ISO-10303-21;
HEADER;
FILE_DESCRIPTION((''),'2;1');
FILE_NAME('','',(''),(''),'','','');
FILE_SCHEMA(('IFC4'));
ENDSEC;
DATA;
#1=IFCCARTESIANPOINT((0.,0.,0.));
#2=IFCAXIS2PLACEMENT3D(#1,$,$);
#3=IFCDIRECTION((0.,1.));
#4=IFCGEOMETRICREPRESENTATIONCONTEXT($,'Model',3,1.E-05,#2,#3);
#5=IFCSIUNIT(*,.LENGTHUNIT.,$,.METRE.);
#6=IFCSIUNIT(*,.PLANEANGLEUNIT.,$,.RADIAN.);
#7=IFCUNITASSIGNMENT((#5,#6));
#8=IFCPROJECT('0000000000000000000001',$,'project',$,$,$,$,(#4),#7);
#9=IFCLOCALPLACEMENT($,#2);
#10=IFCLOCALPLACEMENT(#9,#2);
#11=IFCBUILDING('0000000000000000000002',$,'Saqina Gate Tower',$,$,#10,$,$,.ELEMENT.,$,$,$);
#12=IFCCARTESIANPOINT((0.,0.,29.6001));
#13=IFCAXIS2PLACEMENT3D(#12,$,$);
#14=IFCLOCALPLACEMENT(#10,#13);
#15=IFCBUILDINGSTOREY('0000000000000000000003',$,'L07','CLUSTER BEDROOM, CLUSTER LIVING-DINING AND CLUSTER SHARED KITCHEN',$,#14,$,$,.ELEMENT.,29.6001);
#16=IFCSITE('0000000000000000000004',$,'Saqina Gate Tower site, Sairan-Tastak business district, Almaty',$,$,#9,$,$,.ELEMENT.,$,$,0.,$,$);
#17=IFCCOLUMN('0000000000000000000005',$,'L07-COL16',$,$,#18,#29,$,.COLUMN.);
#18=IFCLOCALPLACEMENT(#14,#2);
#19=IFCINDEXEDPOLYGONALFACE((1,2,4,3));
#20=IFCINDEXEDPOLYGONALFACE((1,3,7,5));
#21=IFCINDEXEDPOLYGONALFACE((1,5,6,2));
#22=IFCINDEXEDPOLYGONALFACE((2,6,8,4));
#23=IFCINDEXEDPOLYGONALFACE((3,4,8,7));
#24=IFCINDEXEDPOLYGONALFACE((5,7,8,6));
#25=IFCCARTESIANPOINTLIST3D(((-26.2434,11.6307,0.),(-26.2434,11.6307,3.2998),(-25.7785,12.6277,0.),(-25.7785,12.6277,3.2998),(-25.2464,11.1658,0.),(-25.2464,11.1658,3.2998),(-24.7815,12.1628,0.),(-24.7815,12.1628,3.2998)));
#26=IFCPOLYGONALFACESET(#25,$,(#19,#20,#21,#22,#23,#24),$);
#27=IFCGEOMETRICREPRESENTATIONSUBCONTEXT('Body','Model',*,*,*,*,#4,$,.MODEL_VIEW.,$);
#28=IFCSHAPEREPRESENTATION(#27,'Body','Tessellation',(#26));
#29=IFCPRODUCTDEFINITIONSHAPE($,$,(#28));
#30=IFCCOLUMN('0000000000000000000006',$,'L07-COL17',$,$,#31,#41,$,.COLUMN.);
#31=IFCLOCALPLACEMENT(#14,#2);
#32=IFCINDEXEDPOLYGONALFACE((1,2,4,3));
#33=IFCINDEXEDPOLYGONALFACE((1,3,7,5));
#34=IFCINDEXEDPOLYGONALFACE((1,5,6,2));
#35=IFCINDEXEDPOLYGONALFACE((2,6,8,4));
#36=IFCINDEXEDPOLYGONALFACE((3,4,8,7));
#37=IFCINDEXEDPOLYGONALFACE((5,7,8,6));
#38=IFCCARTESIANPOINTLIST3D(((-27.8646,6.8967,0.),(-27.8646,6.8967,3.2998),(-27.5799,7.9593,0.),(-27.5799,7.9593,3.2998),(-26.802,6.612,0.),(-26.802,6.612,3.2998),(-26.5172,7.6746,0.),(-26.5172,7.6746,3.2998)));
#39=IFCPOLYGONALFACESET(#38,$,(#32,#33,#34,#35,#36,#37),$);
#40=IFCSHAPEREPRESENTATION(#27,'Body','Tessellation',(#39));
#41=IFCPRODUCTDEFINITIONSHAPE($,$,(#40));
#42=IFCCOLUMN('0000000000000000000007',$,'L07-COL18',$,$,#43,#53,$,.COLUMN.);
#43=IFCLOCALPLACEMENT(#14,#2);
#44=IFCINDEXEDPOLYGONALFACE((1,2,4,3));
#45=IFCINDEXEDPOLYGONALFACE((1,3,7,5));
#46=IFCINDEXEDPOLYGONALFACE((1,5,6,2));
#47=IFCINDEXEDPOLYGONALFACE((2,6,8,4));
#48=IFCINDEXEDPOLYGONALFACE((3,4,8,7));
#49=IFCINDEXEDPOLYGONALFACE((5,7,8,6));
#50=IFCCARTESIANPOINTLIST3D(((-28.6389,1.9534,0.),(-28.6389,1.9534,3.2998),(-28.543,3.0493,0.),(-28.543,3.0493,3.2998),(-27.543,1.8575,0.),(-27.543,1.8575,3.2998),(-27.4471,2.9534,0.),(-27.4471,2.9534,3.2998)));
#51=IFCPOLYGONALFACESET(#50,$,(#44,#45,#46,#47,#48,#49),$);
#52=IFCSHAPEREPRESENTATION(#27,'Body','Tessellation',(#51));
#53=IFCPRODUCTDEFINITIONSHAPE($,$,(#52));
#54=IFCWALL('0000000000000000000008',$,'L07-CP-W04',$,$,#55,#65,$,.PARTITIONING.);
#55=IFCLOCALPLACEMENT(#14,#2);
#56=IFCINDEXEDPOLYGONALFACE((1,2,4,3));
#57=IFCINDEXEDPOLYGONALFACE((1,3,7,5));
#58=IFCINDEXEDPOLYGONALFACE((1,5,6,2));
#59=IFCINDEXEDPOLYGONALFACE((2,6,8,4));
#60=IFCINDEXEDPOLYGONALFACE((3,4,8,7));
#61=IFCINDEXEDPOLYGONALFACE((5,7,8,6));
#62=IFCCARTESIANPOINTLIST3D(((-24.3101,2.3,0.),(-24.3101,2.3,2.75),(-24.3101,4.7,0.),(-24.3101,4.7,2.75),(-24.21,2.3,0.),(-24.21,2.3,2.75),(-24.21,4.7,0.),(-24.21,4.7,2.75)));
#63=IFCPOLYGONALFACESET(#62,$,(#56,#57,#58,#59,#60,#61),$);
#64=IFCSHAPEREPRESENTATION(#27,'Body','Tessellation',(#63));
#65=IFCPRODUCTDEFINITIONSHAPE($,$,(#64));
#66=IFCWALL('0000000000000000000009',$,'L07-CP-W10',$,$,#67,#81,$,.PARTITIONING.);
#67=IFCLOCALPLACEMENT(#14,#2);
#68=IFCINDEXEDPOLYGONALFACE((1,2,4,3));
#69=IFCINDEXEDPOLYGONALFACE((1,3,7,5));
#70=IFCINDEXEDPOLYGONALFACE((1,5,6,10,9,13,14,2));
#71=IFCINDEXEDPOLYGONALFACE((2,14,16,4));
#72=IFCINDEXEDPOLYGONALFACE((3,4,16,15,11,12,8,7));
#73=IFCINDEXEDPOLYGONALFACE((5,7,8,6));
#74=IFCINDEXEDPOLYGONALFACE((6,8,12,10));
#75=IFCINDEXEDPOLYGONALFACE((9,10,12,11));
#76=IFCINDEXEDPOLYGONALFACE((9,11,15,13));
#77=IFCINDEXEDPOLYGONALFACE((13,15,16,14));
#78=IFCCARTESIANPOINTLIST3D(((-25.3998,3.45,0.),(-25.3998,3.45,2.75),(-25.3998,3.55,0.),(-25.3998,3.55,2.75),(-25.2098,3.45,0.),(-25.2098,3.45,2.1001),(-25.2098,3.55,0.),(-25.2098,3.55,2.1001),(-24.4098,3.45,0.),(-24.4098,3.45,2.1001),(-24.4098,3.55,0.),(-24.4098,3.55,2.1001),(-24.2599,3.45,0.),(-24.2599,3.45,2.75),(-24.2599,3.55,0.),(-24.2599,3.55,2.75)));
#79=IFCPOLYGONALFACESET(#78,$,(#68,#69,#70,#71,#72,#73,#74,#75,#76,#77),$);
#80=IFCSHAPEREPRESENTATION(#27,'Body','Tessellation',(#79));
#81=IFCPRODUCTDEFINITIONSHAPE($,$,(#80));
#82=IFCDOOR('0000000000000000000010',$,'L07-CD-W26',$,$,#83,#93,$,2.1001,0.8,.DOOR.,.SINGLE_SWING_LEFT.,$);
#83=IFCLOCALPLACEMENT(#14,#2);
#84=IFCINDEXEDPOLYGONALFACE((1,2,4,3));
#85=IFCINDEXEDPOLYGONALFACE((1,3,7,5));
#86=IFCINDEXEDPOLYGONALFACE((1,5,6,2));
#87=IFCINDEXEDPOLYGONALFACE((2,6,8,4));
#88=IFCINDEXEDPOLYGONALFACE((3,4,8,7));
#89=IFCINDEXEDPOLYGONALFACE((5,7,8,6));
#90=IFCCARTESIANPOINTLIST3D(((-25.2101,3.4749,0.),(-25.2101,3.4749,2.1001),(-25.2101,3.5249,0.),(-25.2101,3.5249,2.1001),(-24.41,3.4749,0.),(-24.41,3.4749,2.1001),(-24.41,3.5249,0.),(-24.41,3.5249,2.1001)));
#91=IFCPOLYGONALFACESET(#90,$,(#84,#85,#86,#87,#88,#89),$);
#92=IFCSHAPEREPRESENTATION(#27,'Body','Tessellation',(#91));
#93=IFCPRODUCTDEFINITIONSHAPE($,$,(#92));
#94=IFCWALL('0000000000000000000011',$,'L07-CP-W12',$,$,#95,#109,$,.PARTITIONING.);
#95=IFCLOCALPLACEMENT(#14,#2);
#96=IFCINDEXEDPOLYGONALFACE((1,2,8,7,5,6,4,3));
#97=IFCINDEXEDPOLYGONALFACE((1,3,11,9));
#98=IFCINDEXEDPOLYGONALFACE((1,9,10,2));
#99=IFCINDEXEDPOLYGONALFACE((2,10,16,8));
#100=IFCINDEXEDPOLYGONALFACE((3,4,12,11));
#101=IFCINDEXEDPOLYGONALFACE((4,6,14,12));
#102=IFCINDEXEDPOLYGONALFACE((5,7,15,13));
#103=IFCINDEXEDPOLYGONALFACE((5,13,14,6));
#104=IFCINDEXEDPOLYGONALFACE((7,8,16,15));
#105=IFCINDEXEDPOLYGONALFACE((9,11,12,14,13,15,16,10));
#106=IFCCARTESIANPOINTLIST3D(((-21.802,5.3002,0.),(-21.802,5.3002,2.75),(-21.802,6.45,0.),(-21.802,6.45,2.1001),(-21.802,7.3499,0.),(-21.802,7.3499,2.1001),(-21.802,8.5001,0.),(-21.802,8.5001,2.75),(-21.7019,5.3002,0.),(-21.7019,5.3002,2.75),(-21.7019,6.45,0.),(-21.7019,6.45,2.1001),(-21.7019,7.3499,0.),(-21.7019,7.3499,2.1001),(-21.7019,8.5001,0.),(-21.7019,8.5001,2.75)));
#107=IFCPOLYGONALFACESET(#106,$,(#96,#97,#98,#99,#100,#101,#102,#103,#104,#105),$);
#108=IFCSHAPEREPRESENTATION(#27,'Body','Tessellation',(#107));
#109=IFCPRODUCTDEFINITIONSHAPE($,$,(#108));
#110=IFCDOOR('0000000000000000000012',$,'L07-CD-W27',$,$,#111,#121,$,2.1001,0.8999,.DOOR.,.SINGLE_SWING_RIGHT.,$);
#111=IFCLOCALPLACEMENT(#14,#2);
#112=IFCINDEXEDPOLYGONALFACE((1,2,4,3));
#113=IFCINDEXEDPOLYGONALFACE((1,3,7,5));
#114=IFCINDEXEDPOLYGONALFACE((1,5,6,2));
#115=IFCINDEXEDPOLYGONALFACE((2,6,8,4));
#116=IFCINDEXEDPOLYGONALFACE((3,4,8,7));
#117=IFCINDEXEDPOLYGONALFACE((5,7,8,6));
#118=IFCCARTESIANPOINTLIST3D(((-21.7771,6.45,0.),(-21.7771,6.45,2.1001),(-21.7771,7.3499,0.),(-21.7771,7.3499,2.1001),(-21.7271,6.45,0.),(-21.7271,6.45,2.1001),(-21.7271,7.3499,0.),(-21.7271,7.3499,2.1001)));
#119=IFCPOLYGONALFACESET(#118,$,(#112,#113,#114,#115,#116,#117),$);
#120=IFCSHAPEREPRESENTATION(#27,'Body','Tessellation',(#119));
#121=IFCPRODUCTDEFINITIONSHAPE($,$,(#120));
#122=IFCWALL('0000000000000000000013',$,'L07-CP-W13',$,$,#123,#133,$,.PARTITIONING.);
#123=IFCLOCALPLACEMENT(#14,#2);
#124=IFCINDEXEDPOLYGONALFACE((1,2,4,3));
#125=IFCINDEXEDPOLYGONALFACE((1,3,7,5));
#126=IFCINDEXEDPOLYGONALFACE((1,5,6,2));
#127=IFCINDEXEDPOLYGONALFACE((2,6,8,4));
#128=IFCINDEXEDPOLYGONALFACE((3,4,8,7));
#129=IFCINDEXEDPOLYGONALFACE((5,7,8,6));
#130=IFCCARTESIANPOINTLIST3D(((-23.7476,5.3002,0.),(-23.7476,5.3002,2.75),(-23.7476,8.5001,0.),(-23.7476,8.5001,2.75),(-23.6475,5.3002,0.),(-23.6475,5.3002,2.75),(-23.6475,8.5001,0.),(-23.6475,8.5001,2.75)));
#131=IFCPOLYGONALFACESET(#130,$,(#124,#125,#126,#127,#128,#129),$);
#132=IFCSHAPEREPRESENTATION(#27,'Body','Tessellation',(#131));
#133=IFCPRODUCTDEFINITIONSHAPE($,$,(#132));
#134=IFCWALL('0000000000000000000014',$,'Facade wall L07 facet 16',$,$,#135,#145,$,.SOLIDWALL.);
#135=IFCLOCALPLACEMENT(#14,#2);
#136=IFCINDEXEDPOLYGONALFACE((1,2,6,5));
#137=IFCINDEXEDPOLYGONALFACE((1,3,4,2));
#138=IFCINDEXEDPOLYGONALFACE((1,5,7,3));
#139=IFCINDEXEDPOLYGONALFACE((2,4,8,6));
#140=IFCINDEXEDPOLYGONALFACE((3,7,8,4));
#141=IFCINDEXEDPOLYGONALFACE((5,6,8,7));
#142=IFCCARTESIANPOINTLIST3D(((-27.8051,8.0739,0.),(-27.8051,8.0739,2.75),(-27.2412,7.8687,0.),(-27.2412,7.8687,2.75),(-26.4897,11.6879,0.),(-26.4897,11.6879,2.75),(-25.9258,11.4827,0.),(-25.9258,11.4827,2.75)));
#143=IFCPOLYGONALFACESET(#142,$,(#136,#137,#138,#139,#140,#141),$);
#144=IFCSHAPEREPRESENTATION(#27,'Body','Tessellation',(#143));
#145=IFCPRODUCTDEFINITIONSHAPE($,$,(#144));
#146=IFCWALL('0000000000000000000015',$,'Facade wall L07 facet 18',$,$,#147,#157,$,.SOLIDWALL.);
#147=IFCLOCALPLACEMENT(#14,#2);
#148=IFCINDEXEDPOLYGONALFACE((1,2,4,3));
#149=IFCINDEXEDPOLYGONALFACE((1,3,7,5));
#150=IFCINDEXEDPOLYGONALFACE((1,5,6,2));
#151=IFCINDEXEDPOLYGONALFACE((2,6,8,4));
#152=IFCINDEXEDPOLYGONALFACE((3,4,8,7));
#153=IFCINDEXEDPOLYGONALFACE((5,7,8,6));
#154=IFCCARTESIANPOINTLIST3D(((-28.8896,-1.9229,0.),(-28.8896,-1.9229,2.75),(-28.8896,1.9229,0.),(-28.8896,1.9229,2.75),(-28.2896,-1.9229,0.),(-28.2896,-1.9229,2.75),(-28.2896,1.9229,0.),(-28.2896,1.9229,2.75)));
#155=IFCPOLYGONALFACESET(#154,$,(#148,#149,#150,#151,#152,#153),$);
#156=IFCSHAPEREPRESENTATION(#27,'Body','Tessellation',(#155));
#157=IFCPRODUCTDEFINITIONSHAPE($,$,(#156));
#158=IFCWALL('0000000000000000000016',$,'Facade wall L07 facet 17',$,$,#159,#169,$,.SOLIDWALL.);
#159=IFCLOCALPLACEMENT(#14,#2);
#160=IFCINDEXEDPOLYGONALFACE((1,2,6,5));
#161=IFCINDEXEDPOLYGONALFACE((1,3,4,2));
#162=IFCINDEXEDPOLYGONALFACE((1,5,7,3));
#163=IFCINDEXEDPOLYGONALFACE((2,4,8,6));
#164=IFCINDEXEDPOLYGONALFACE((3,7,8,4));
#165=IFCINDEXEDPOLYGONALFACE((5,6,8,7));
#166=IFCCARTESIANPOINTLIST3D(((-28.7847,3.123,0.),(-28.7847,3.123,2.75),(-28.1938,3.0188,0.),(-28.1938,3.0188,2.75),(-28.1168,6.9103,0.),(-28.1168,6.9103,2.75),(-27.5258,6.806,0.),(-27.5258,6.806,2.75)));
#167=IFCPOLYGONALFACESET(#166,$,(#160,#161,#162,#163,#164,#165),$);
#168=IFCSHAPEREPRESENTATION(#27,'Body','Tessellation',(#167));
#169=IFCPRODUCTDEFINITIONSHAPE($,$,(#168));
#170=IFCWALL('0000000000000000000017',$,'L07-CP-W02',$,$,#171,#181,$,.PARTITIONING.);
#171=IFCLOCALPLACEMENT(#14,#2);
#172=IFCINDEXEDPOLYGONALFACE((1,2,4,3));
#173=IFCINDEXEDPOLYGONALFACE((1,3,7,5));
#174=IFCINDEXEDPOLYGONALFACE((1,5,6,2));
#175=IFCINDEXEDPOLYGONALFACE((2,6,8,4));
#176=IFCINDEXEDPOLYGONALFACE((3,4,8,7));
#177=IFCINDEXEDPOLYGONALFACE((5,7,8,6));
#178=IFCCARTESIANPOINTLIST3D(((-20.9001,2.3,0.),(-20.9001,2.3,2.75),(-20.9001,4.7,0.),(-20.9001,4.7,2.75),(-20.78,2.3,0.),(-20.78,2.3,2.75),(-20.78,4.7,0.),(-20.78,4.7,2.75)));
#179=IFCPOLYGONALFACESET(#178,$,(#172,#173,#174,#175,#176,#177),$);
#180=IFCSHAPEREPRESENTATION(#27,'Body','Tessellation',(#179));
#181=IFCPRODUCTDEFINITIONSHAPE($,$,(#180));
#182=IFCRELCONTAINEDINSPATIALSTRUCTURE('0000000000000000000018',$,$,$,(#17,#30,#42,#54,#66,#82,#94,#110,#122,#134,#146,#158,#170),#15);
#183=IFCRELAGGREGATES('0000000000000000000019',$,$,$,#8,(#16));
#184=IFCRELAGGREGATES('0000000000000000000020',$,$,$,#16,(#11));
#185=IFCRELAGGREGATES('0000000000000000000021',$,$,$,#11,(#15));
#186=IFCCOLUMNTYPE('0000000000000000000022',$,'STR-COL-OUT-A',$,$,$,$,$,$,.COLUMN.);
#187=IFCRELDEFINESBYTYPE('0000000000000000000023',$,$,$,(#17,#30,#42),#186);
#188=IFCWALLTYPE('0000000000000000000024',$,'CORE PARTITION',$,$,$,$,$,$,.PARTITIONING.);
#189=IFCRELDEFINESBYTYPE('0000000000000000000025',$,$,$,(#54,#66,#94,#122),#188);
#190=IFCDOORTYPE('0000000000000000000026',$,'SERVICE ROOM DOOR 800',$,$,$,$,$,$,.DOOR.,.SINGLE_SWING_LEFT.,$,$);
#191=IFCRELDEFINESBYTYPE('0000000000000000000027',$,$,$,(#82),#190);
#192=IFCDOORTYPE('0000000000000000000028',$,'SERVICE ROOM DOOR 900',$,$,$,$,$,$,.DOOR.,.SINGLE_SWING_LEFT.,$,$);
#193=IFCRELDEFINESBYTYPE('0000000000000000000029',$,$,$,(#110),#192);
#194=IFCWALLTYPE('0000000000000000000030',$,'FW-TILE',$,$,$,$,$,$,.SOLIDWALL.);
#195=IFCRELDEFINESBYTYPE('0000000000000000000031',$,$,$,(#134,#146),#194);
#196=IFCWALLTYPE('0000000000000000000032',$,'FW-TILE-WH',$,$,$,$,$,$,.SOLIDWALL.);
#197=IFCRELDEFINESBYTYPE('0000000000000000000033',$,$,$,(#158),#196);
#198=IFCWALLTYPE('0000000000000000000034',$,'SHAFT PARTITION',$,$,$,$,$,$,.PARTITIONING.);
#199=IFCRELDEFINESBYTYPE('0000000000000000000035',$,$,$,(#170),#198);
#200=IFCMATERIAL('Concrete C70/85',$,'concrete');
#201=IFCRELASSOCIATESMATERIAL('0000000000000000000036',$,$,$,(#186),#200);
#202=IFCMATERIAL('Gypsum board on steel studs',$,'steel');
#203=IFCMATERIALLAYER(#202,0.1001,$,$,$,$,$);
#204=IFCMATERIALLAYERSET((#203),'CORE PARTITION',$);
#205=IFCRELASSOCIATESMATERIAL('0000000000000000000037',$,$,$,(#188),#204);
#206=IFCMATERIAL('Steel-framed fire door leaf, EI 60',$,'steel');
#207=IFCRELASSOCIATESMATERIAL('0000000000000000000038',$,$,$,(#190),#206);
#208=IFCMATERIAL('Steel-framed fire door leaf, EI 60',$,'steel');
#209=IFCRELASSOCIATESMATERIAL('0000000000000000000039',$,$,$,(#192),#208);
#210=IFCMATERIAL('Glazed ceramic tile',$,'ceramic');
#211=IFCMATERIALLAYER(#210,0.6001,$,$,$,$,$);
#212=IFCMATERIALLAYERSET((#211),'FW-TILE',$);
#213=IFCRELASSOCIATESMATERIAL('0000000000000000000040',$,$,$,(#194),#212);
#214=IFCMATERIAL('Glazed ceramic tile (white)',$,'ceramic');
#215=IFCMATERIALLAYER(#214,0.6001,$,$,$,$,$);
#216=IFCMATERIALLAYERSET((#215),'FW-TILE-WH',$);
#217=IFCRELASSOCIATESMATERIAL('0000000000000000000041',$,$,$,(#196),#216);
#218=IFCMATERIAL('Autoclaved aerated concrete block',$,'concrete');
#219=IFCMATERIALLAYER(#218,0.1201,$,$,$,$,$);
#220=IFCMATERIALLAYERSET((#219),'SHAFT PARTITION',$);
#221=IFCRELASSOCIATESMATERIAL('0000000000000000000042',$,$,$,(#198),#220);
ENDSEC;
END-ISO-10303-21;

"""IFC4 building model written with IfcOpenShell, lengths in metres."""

from ifc_helpers import new_model, si_unit, direction, frame, frame_2d, origin, origin_2d, place, context, subcontext, project, spatial, rectangle, extrude, material, layer, layer_set, material_profile, profile_set, type_object, element, fill, save


model = new_model("IFC4")

# Units and contexts
model_context = context("Model", 3, precision=1e-05, world=origin(), true_north=direction((0.0, 1.0)))
body_context = subcontext(model_context, "Body", "Model", "MODEL_VIEW")
ifc_project = project(units=[si_unit("LENGTHUNIT", "METRE"), si_unit("PLANEANGLEUNIT", "RADIAN")], contexts=[model_context])

# Site, building, storey
site_placement = place(None, origin())
site = spatial("IfcSite", under=ifc_project, at=site_placement, Name="Saqina Gate Tower site, Sairan-Tastak business district, Almaty", CompositionType="ELEMENT", RefElevation=0.0)
building_placement = place(site_placement, origin())
building = spatial("IfcBuilding", under=site, at=building_placement, Name="Saqina Gate Tower", CompositionType="ELEMENT")
storey_placement = place(building_placement, frame((0.0, 0.0, 29.6001)))
storey = spatial("IfcBuildingStorey", under=building, at=storey_placement, Name="L07", Description="CLUSTER BEDROOM, CLUSTER LIVING-DINING AND CLUSTER SHARED KITCHEN", CompositionType="ELEMENT", Elevation=29.6001)

# Columns
ifc_material_1 = material(Name="Concrete C70/85", Category="concrete")
ifc_material_profile = material_profile(ifc_material_1, rectangle(XDim=1.1001, YDim=1.1001, at=origin_2d()), Name="RC 1100x1100")
ifc_profile_set = profile_set([ifc_material_profile], Name="Concrete C70/85")
column_type = type_object("IfcColumnType", Name="STR-COL-OUT-A", PredefinedType="COLUMN", material=ifc_profile_set)
for number, where, z_axis, x_axis, name in (
    (1, (-25.5125, 11.8967, 0.0), (0.0, 0.0, 1.0), (-0.906308, 0.422618, 0.0), "L07-COL16"),
    (2, (-27.1909, 7.2856, 0.0), (0.0, 0.0, 1.0), (-0.965926, 0.258819, 0.0), "L07-COL17"),
    (3, (-28.043, 2.4534, 0.0), (0.0, 0.0, 1.0), (-0.996195, 0.087156, 0.0), "L07-COL18"),
):
    element("IfcColumn", number, at=place(storey_placement, frame(where, z_axis=z_axis, x_axis=x_axis)), inside=storey, type_object=column_type, Name=name, PredefinedType="COLUMN", context=body_context, shape_type="SweptSolid", body=[
        extrude(rectangle(XDim=1.1001, YDim=1.1001, at=origin_2d()), origin(), (0.0, 0.0, 1.0), 3.2998),
    ])

# Wall
ifc_material_2 = material(Name="Gypsum board on steel studs", Category="steel")
ifc_layer_1 = layer(ifc_material_2, 0.1001)
ifc_layer_set_1 = layer_set([ifc_layer_1], Name="CORE PARTITION")
wall_type_1 = type_object("IfcWallType", Name="CORE PARTITION", PredefinedType="PARTITIONING", material=ifc_layer_set_1)
wall_1_placement = place(storey_placement, frame((-24.26, 2.3, 0.0), z_axis=(0.0, 0.0, 1.0), x_axis=(0.0, 1.0, 0.0)))
element("IfcWall", 4, at=wall_1_placement, inside=storey, type_object=wall_type_1, Name="L07-CP-W04", PredefinedType="PARTITIONING", context=body_context, shape_type="SweptSolid", body=[
    extrude(rectangle(XDim=2.3999, YDim=0.1001, at=frame_2d((1.2, 0.0))), origin(), (0.0, 0.0, 1.0), 2.75),
])

# Walls, openings, doors
wall_2_placement = place(storey_placement, frame((-24.26, 3.5, 0.0), z_axis=(0.0, 0.0, 1.0), x_axis=(-1.0, 0.0, 0.0)))
wall_2 = element("IfcWall", 5, at=wall_2_placement, inside=storey, type_object=wall_type_1, Name="L07-CP-W10", PredefinedType="PARTITIONING", context=body_context, shape_type="SweptSolid", body=[
    extrude(rectangle(XDim=1.1399, YDim=0.1001, at=frame_2d((0.5698, 0.0))), origin(), (0.0, 0.0, 1.0), 2.75),
])
opening_1_placement = place(wall_2_placement, frame((0.1499, 0.0, 0.0)))
opening_1 = element("IfcOpeningElement", 6, at=opening_1_placement, cuts=wall_2, PredefinedType="OPENING", context=body_context, shape_type="SweptSolid", body=[
    extrude(rectangle(XDim=0.8, YDim=2.1001, at=frame_2d((0.3999, 1.05))), frame((0.0, 0.062, 0.0), z_axis=(0.0, -1.0, 0.0), x_axis=(1.0, 0.0, 0.0)), (0.0, 0.0, 1.0), 0.124),
])
ifc_material_3 = material(Name="Steel-framed fire door leaf, EI 60", Category="steel")
door_type_1 = type_object("IfcDoorType", Name="SERVICE ROOM DOOR 800", OperationType="SINGLE_SWING_LEFT", PredefinedType="DOOR", material=ifc_material_3)
door_1_placement = place(opening_1_placement, frame((0.8, 0.0, 0.0), z_axis=(0.0, 0.0, 1.0), x_axis=(-1.0, 0.0, 0.0)))
door_1 = element("IfcDoor", 7, at=door_1_placement, inside=storey, type_object=door_type_1, Name="L07-CD-W26", OperationType="SINGLE_SWING_LEFT", OverallHeight=2.1001, OverallWidth=0.8, PredefinedType="DOOR", context=body_context, shape_type="SweptSolid", body=[
    extrude(rectangle(XDim=0.8, YDim=2.1001, at=frame_2d((0.3999, 1.05))), frame((0.0, 0.0249, 0.0), z_axis=(0.0, -1.0, 0.0), x_axis=(1.0, 0.0, 0.0)), (0.0, 0.0, 1.0), 0.05),
])
fill(opening_1, door_1)
wall_3_placement = place(storey_placement, frame((-21.752, 5.3, 0.0), z_axis=(0.0, 0.0, 1.0), x_axis=(0.0, 1.0, 0.0)))
wall_3 = element("IfcWall", 8, at=wall_3_placement, inside=storey, type_object=wall_type_1, Name="L07-CP-W12", PredefinedType="PARTITIONING", context=body_context, shape_type="SweptSolid", body=[
    extrude(rectangle(XDim=3.2, YDim=0.1001, at=frame_2d((1.6001, 0.0))), origin(), (0.0, 0.0, 1.0), 2.75),
])
opening_2_placement = place(wall_3_placement, frame((1.1499, 0.0, 0.0)))
opening_2 = element("IfcOpeningElement", 9, at=opening_2_placement, cuts=wall_3, PredefinedType="OPENING", context=body_context, shape_type="SweptSolid", body=[
    extrude(rectangle(XDim=0.8999, YDim=2.1001, at=frame_2d((0.45, 1.05))), frame((0.0, 0.062, 0.0), z_axis=(0.0, -1.0, 0.0), x_axis=(1.0, 0.0, 0.0)), (0.0, 0.0, 1.0), 0.124),
])
ifc_material_4 = material(Name="Steel-framed fire door leaf, EI 60", Category="steel")
door_type_2 = type_object("IfcDoorType", Name="SERVICE ROOM DOOR 900", OperationType="SINGLE_SWING_LEFT", PredefinedType="DOOR", material=ifc_material_4)
door_2_placement = place(opening_2_placement, frame((0.8999, 0.0, 0.0), z_axis=(0.0, 0.0, 1.0), x_axis=(-1.0, 0.0, 0.0)))
door_2 = element("IfcDoor", 10, at=door_2_placement, inside=storey, type_object=door_type_2, Name="L07-CD-W27", OperationType="SINGLE_SWING_RIGHT", OverallHeight=2.1001, OverallWidth=0.8999, PredefinedType="DOOR", context=body_context, shape_type="SweptSolid", body=[
    extrude(rectangle(XDim=0.8999, YDim=2.1001, at=frame_2d((0.45, 1.05))), frame((0.0, 0.0249, 0.0), z_axis=(0.0, -1.0, 0.0), x_axis=(1.0, 0.0, 0.0)), (0.0, 0.0, 1.0), 0.05),
])
fill(opening_2, door_2)

# Walls
wall_4_placement = place(storey_placement, frame((-23.6975, 5.3, 0.0), z_axis=(0.0, 0.0, 1.0), x_axis=(0.0, 1.0, 0.0)))
element("IfcWall", 11, at=wall_4_placement, inside=storey, type_object=wall_type_1, Name="L07-CP-W13", PredefinedType="PARTITIONING", context=body_context, shape_type="SweptSolid", body=[
    extrude(rectangle(XDim=3.2, YDim=0.1001, at=frame_2d((1.6001, 0.0))), origin(), (0.0, 0.0, 1.0), 2.75),
])
ifc_material_5 = material(Name="Glazed ceramic tile", Category="ceramic")
ifc_layer_2 = layer(ifc_material_5, 0.6001)
ifc_layer_set_2 = layer_set([ifc_layer_2], Name="FW-TILE")
wall_type_2 = type_object("IfcWallType", Name="FW-TILE", PredefinedType="SOLIDWALL", material=ifc_layer_set_2)
wall_5_placement = place(storey_placement, frame((-26.2078, 11.5852, 0.0), z_axis=(0.0, 0.0, 1.0), x_axis=(-0.342028, -0.93969, 0.0)))
element("IfcWall", 12, at=wall_5_placement, inside=storey, type_object=wall_type_2, Name="Facade wall L07 facet 16", PredefinedType="SOLIDWALL", context=body_context, shape_type="SweptSolid", body=[
    extrude(rectangle(XDim=3.8459, YDim=0.6001, at=frame_2d((1.9229, 0.0))), origin(), (0.0, 0.0, 1.0), 2.75),
])
wall_6_placement = place(storey_placement, frame((-28.5896, 1.9229, 0.0), z_axis=(0.0, 0.0, 1.0), x_axis=(0.0, -1.0, 0.0)))
element("IfcWall", 13, at=wall_6_placement, inside=storey, type_object=wall_type_2, Name="Facade wall L07 facet 18", PredefinedType="SOLIDWALL", context=body_context, shape_type="SweptSolid", body=[
    extrude(rectangle(XDim=3.8457, YDim=0.6001, at=frame_2d((1.9229, 0.0))), origin(), (0.0, 0.0, 1.0), 2.75),
])
ifc_material_6 = material(Name="Glazed ceramic tile (white)", Category="ceramic")
ifc_layer_3 = layer(ifc_material_6, 0.6001)
ifc_layer_set_3 = layer_set([ifc_layer_3], Name="FW-TILE-WH")
wall_type_3 = type_object("IfcWallType", Name="FW-TILE-WH", PredefinedType="SOLIDWALL", material=ifc_layer_set_3)
wall_7_placement = place(storey_placement, frame((-27.8213, 6.8582, 0.0), z_axis=(0.0, 0.0, 1.0), x_axis=(-0.173688, -0.984801, 0.0)))
element("IfcWall", 14, at=wall_7_placement, inside=storey, type_object=wall_type_3, Name="Facade wall L07 facet 17", PredefinedType="SOLIDWALL", context=body_context, shape_type="SweptSolid", body=[
    extrude(rectangle(XDim=3.8457, YDim=0.6001, at=frame_2d((1.9229, 0.0))), origin(), (0.0, 0.0, 1.0), 2.75),
])
ifc_material_7 = material(Name="Autoclaved aerated concrete block", Category="concrete")
ifc_layer_4 = layer(ifc_material_7, 0.1201)
ifc_layer_set_4 = layer_set([ifc_layer_4], Name="SHAFT PARTITION")
wall_type_4 = type_object("IfcWallType", Name="SHAFT PARTITION", PredefinedType="PARTITIONING", material=ifc_layer_set_4)
for number, where, z_axis, x_axis, name in (
    (15, (-20.8401, 2.3, 0.0), (0.0, 0.0, 1.0), (0.0, 1.0, 0.0), "L07-CP-W02"),
):
    element("IfcWall", number, at=place(storey_placement, frame(where, z_axis=z_axis, x_axis=x_axis)), inside=storey, type_object=wall_type_4, Name=name, PredefinedType="PARTITIONING", context=body_context, shape_type="SweptSolid", body=[
        extrude(rectangle(XDim=2.3999, YDim=0.1201, at=frame_2d((1.2, 0.0))), origin(), (0.0, 0.0, 1.0), 2.75),
    ])

save(model, "model.ifc")
